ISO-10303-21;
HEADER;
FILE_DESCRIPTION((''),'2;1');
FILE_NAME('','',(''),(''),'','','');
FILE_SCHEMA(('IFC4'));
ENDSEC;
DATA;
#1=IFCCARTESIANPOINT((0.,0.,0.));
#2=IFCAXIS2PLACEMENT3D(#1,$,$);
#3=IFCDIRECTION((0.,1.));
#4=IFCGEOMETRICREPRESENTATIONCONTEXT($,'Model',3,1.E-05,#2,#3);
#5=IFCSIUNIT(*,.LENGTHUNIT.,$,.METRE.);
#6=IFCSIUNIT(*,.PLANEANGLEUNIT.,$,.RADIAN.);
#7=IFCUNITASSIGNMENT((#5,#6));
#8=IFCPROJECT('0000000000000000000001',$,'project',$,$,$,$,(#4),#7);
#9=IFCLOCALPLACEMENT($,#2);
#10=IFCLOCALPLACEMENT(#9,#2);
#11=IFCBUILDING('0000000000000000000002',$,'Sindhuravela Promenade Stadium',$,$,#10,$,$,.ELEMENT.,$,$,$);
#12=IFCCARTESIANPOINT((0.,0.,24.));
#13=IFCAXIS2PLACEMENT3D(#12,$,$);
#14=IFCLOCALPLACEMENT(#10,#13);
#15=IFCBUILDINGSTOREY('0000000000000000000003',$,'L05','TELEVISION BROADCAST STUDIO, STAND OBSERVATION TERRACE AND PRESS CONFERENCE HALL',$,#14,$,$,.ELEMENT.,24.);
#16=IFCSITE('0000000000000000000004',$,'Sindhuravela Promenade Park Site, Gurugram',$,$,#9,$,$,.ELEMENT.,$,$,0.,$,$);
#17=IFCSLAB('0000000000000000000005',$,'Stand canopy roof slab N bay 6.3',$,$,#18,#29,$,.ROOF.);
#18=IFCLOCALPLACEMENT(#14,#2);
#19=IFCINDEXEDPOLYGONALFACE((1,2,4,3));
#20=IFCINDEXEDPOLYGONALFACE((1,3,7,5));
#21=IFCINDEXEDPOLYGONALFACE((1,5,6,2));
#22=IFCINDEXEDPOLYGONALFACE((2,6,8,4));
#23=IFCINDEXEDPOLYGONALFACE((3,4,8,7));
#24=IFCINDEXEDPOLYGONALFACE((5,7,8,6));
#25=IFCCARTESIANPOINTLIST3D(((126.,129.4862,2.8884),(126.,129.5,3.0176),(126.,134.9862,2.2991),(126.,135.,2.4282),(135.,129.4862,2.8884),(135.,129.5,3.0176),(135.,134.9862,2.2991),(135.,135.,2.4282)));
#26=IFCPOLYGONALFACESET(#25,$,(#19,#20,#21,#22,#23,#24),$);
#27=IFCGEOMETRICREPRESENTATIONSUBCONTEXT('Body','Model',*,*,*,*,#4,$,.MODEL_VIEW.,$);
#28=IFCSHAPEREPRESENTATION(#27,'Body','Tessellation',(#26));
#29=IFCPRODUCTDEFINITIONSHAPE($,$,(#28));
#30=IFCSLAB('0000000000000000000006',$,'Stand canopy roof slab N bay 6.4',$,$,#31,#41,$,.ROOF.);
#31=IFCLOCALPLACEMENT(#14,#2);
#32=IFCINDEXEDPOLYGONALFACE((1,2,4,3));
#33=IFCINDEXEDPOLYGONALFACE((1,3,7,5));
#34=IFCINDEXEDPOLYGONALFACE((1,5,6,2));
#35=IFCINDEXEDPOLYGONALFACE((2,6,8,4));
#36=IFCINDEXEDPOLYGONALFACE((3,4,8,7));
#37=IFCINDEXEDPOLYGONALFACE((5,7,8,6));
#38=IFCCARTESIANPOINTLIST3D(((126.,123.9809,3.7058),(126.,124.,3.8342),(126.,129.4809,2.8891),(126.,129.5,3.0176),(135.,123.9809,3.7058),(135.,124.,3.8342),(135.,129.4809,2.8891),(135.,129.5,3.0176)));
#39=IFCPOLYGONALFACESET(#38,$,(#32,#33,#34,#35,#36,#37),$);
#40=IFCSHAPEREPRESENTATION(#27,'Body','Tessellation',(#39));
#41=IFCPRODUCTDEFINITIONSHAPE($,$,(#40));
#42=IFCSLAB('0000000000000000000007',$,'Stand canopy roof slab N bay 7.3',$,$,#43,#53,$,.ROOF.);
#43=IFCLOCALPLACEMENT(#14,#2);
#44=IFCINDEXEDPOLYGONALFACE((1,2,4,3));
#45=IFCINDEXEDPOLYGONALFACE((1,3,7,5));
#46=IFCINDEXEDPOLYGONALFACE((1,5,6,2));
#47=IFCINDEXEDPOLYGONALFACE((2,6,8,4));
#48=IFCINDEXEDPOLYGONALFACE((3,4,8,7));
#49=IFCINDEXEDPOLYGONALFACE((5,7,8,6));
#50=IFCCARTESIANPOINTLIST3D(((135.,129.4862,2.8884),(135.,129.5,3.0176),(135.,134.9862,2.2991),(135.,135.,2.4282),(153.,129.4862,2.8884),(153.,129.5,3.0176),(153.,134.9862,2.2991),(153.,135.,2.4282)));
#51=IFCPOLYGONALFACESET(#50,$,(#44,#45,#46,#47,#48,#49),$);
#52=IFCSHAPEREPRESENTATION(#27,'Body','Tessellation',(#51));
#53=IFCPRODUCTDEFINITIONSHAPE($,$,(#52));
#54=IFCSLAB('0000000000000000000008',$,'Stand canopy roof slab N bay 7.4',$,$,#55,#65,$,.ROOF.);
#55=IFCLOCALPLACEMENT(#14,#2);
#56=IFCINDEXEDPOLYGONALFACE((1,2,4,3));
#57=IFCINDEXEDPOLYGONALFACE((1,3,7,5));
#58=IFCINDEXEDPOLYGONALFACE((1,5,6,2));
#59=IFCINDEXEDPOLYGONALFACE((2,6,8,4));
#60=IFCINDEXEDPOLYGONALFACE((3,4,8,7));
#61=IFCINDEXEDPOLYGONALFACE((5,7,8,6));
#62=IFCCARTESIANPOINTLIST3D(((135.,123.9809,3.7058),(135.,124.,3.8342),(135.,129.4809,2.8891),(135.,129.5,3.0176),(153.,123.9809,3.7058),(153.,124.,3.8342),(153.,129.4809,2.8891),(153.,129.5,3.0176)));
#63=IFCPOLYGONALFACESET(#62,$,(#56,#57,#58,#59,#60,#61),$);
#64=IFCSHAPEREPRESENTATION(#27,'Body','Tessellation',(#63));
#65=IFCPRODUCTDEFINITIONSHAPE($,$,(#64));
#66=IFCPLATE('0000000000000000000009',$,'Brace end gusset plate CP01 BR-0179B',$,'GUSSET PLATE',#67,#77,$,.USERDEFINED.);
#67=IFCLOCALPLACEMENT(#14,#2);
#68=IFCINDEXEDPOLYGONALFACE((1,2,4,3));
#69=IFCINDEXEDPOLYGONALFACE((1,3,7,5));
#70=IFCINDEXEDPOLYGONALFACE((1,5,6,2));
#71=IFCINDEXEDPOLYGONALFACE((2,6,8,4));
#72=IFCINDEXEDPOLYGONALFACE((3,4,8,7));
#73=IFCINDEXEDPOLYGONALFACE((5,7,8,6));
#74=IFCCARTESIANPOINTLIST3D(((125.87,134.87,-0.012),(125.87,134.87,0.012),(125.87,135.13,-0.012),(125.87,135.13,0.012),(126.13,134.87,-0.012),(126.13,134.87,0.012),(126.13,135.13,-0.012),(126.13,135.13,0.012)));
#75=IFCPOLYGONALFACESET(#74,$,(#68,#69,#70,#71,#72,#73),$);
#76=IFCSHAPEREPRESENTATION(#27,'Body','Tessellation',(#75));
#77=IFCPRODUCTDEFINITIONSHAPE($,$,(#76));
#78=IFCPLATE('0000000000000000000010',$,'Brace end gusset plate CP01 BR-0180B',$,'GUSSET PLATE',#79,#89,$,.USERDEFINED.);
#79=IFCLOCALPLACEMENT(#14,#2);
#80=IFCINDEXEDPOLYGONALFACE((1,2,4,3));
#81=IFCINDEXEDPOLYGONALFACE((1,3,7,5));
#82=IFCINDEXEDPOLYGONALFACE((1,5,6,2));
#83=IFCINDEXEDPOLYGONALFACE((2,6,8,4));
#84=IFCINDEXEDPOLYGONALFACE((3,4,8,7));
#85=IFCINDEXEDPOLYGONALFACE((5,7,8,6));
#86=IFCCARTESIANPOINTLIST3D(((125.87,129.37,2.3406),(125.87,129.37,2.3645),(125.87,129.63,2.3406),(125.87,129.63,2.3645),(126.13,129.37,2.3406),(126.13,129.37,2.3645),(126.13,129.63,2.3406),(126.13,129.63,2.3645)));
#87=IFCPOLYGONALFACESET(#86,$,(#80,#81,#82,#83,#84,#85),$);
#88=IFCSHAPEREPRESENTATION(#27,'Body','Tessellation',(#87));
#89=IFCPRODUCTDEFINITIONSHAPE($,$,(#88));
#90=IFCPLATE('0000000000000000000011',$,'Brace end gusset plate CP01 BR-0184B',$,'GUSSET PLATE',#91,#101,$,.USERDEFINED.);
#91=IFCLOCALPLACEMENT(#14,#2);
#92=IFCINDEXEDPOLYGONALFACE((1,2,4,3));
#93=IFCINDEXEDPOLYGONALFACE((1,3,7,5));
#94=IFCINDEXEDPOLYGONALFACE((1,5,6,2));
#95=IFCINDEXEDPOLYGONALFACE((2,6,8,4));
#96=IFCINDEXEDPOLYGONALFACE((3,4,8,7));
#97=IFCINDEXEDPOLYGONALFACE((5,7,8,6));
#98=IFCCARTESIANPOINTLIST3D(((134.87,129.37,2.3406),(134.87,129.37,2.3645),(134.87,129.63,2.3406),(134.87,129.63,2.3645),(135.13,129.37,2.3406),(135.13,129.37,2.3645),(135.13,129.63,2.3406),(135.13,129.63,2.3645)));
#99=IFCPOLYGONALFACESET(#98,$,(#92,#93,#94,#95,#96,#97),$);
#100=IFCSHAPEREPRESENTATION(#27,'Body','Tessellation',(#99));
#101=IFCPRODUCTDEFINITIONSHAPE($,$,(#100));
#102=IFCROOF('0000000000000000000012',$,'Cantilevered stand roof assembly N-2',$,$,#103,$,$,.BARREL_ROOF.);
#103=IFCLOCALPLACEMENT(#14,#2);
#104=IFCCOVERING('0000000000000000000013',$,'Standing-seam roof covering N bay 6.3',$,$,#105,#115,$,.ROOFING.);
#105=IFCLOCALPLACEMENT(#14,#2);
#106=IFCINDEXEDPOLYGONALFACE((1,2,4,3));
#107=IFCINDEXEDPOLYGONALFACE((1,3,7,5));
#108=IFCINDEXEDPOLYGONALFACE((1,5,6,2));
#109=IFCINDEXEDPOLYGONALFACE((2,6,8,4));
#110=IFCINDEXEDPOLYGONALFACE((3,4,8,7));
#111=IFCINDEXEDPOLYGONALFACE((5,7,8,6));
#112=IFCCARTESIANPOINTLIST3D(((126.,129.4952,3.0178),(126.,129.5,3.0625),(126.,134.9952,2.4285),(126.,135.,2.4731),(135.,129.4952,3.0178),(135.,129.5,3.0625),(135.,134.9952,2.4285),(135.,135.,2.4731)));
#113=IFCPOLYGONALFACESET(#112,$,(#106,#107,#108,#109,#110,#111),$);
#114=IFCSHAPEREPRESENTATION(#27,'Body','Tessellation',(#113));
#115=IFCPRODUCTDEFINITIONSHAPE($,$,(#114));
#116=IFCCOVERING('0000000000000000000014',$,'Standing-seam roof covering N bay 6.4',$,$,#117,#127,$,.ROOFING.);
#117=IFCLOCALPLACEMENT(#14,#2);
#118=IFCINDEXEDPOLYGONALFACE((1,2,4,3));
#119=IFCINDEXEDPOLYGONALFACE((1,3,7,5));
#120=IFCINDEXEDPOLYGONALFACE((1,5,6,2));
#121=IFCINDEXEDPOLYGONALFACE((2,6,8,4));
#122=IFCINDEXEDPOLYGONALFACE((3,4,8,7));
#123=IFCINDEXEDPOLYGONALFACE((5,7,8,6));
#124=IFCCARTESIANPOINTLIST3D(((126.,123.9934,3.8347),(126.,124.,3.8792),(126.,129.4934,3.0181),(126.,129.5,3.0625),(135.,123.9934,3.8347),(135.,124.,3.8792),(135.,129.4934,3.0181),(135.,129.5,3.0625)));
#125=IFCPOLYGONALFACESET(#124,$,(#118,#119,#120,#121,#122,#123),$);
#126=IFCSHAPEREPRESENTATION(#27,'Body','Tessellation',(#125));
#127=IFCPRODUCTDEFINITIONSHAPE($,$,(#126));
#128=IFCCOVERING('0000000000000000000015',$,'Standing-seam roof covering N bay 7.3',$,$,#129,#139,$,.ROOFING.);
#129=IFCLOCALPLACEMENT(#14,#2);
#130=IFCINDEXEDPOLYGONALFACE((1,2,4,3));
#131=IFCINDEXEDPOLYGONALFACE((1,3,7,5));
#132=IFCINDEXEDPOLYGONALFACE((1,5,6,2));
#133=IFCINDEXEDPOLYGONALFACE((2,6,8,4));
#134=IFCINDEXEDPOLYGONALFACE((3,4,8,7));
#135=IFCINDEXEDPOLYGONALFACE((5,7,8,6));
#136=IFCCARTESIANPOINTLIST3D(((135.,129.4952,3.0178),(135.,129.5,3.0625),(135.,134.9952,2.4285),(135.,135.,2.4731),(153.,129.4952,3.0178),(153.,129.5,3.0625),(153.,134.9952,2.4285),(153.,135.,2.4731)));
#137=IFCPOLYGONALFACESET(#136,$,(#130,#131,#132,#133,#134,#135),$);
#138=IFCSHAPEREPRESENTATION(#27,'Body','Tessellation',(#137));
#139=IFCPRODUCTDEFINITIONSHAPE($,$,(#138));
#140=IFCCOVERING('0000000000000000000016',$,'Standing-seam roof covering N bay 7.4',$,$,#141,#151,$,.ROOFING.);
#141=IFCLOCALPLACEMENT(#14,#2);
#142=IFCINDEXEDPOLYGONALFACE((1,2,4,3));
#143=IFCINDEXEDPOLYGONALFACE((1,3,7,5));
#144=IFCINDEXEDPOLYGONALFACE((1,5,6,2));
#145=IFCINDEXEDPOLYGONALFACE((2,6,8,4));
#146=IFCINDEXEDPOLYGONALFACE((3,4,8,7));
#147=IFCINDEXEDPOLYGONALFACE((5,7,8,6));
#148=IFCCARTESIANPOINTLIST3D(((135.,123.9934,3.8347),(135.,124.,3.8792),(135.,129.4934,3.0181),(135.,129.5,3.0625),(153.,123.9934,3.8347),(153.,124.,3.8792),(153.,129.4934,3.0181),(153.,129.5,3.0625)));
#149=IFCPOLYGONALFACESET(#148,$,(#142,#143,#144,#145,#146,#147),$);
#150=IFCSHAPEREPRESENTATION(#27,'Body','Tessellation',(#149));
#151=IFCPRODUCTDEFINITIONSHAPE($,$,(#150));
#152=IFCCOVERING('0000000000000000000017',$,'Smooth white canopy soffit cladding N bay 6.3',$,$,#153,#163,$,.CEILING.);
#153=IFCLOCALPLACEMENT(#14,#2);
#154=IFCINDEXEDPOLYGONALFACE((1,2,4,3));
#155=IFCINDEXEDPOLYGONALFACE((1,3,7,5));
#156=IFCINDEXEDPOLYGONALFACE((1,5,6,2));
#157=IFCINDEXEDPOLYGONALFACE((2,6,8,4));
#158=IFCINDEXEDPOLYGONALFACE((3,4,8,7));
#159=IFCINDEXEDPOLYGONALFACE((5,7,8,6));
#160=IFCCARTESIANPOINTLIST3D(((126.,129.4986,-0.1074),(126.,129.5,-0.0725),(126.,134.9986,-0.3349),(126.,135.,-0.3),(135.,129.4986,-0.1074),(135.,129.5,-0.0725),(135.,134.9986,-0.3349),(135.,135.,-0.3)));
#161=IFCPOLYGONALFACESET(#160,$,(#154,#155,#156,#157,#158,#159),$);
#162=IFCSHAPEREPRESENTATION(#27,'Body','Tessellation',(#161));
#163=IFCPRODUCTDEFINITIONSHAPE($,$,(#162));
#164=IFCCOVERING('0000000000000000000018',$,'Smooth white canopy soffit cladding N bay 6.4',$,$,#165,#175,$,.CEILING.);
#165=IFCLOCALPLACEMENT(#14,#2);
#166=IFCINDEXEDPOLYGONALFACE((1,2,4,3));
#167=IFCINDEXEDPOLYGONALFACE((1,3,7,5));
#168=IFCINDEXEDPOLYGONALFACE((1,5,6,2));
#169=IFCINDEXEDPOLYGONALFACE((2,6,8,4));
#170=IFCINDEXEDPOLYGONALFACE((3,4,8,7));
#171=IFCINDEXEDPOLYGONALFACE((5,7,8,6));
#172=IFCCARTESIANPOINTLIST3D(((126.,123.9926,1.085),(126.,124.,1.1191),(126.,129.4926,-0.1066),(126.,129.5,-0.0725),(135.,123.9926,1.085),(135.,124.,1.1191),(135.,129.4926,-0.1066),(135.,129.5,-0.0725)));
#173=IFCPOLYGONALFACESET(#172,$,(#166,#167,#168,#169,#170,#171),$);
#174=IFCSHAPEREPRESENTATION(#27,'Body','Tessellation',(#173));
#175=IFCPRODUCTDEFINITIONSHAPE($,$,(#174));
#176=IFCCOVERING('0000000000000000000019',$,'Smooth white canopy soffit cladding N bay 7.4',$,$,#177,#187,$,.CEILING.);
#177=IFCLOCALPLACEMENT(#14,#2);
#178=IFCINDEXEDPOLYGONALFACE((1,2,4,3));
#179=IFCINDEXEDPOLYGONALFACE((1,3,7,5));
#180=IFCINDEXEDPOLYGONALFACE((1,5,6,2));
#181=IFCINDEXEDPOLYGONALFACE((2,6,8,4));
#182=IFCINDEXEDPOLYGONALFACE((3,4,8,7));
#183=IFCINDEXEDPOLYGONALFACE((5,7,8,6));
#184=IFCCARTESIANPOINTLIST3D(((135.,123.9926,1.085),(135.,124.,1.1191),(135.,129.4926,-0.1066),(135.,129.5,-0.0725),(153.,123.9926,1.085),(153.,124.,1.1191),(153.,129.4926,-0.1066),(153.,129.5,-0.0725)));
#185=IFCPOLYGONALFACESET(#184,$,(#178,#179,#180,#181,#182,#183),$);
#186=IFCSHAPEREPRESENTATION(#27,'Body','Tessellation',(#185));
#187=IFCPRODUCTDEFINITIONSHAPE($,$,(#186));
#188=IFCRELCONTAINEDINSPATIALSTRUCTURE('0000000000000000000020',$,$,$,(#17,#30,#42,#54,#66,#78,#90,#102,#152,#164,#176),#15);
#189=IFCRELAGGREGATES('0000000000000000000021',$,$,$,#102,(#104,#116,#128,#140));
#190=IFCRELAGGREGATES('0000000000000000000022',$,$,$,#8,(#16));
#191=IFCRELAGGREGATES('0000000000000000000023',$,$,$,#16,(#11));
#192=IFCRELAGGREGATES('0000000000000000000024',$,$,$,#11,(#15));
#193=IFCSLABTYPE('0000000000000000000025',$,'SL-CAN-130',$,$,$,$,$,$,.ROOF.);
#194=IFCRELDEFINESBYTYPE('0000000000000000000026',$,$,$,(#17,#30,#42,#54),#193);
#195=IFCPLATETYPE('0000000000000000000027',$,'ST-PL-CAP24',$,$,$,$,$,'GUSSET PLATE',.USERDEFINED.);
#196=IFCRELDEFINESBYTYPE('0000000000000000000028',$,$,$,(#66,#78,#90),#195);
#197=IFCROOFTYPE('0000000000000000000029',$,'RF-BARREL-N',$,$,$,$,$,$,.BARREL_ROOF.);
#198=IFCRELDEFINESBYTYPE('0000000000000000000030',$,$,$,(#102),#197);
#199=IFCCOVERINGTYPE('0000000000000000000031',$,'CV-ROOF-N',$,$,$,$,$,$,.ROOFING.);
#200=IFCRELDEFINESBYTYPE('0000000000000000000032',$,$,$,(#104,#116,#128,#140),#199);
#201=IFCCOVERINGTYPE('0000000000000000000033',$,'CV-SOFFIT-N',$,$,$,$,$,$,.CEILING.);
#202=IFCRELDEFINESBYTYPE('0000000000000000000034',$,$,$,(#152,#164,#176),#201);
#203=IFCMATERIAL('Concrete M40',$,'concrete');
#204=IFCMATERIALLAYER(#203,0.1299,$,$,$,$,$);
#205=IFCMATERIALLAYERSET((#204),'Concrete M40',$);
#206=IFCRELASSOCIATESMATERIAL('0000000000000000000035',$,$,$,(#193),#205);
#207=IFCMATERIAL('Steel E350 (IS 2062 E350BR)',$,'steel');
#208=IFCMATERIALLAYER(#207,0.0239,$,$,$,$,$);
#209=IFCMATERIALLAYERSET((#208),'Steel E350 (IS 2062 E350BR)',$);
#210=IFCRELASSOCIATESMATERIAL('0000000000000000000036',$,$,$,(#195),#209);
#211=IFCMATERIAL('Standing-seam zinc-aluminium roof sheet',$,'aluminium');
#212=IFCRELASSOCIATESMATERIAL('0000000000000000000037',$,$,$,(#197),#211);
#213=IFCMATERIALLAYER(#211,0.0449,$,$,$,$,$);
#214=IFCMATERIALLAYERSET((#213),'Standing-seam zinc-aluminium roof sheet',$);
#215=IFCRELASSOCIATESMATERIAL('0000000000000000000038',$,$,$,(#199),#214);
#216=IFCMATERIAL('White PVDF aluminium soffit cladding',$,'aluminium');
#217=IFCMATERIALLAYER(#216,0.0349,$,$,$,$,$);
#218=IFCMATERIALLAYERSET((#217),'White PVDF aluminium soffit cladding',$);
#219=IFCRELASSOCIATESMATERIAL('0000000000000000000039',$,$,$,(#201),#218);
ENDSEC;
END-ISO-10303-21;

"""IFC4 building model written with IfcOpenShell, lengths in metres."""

from ifc_helpers import new_model, si_unit, direction, frame, origin, origin_2d, place, context, subcontext, project, spatial, polyline, rectangle, outline, extrude, material, layer, layer_set, type_object, element, aggregate, save


model = new_model("IFC4")

# Units and contexts
model_context = context("Model", 3, precision=1e-05, world=origin(), true_north=direction((0.0, 1.0)))
body_context = subcontext(model_context, "Body", "Model", "MODEL_VIEW")
ifc_project = project(units=[si_unit("LENGTHUNIT", "METRE"), si_unit("PLANEANGLEUNIT", "RADIAN")], contexts=[model_context])

# Site, building, storey
site_placement = place(None, origin())
site = spatial("IfcSite", under=ifc_project, at=site_placement, Name="Sindhuravela Promenade Park Site, Gurugram", CompositionType="ELEMENT", RefElevation=0.0)
building_placement = place(site_placement, origin())
building = spatial("IfcBuilding", under=site, at=building_placement, Name="Sindhuravela Promenade Stadium", CompositionType="ELEMENT")
storey_placement = place(building_placement, frame((0.0, 0.0, 24.0)))
storey = spatial("IfcBuildingStorey", under=building, at=storey_placement, Name="L05", Description="TELEVISION BROADCAST STUDIO, STAND OBSERVATION TERRACE AND PRESS CONFERENCE HALL", CompositionType="ELEMENT", Elevation=24.0)

# Shared definitions
ifc_material_1 = material(Name="Steel E350 (IS 2062 E350BR)", Category="steel")

# Slabs
ifc_material_2 = material(Name="Concrete M40", Category="concrete")
ifc_layer_1 = layer(ifc_material_2, 0.1299)
ifc_layer_set_1 = layer_set([ifc_layer_1], Name="Concrete M40")
slab_type = type_object("IfcSlabType", Name="SL-CAN-130", PredefinedType="ROOF", material=ifc_layer_set_1)
slab_1_placement = place(storey_placement, frame((126.0, 135.0, 2.4282), z_axis=(0.0, 0.106546, 0.994308), x_axis=(1.0, 0.0, 0.0)))
element("IfcSlab", 1, at=slab_1_placement, inside=storey, type_object=slab_type, Name="Stand canopy roof slab N bay 6.3", PredefinedType="ROOF", context=body_context, shape_type="SweptSolid", body=[
    extrude(outline(polyline([(0.0, 0.0), (0.0, -5.5315), (9.0, -5.5315), (9.0, 0.0), (0.0, 0.0)])), origin(), (0.0, 0.0, -1.0), 0.1299),
])
slab_2_placement = place(storey_placement, frame((126.0, 129.5, 3.0176), z_axis=(0.0, 0.146872, 0.989156), x_axis=(1.0, 0.0, 0.0)))
element("IfcSlab", 2, at=slab_2_placement, inside=storey, type_object=slab_type, Name="Stand canopy roof slab N bay 6.4", PredefinedType="ROOF", context=body_context, shape_type="SweptSolid", body=[
    extrude(outline(polyline([(0.0, 0.0), (0.0, -5.5603), (9.0, -5.5603), (9.0, 0.0), (0.0, 0.0)])), origin(), (0.0, 0.0, -1.0), 0.1299),
])
slab_3_placement = place(storey_placement, frame((135.0, 135.0, 2.4282), z_axis=(0.0, 0.106546, 0.994308), x_axis=(1.0, 0.0, 0.0)))
element("IfcSlab", 3, at=slab_3_placement, inside=storey, type_object=slab_type, Name="Stand canopy roof slab N bay 7.3", PredefinedType="ROOF", context=body_context, shape_type="SweptSolid", body=[
    extrude(outline(polyline([(0.0, 0.0), (0.0, -5.5315), (18.0, -5.5315), (18.0, 0.0), (0.0, 0.0)])), origin(), (0.0, 0.0, -1.0), 0.1299),
])
slab_4_placement = place(storey_placement, frame((135.0, 129.5, 3.0176), z_axis=(0.0, 0.146872, 0.989156), x_axis=(1.0, 0.0, 0.0)))
element("IfcSlab", 4, at=slab_4_placement, inside=storey, type_object=slab_type, Name="Stand canopy roof slab N bay 7.4", PredefinedType="ROOF", context=body_context, shape_type="SweptSolid", body=[
    extrude(outline(polyline([(0.0, 0.0), (0.0, -5.5603), (18.0, -5.5603), (18.0, 0.0), (0.0, 0.0)])), origin(), (0.0, 0.0, -1.0), 0.1299),
])

# Plates
ifc_layer_2 = layer(ifc_material_1, 0.0239)
ifc_layer_set_2 = layer_set([ifc_layer_2], Name="Steel E350 (IS 2062 E350BR)")
plate_type = type_object("IfcPlateType", Name="ST-PL-CAP24", ElementType="GUSSET PLATE", PredefinedType="USERDEFINED", material=ifc_layer_set_2)
for number, where, z_axis, x_axis, name in (
    (5, (126.0, 135.0, -0.012), (0.0, 0.0, 1.0), (1.0, 0.0, 0.0), "Brace end gusset plate CP01 BR-0179B"),
    (6, (126.0, 129.5, 2.3406), (0.0, 0.0, 1.0), (1.0, 0.0, 0.0), "Brace end gusset plate CP01 BR-0180B"),
    (7, (135.0, 129.5, 2.3406), (0.0, 0.0, 1.0), (1.0, 0.0, 0.0), "Brace end gusset plate CP01 BR-0184B"),
):
    element("IfcPlate", number, at=place(storey_placement, frame(where, z_axis=z_axis, x_axis=x_axis)), inside=storey, type_object=plate_type, Name=name, ObjectType="GUSSET PLATE", PredefinedType="USERDEFINED", context=body_context, shape_type="SweptSolid", body=[
        extrude(rectangle(XDim=0.26, YDim=0.26, at=origin_2d()), origin(), (0.0, 0.0, 1.0), 0.0239),
    ])

# Roof, coverings
ifc_material_3 = material(Name="Standing-seam zinc-aluminium roof sheet", Category="aluminium")
roof_type = type_object("IfcRoofType", Name="RF-BARREL-N", PredefinedType="BARREL_ROOF", material=ifc_material_3)
roof_placement = place(storey_placement, origin())
roof = element("IfcRoof", 8, at=roof_placement, inside=storey, type_object=roof_type, Name="Cantilevered stand roof assembly N-2", PredefinedType="BARREL_ROOF")
ifc_layer_3 = layer(ifc_material_3, 0.0449)
ifc_layer_set_3 = layer_set([ifc_layer_3], Name="Standing-seam zinc-aluminium roof sheet")
covering_type_1 = type_object("IfcCoveringType", Name="CV-ROOF-N", PredefinedType="ROOFING", material=ifc_layer_set_3)
covering_1_placement = place(storey_placement, frame((126.0, 135.0, 2.4731), z_axis=(0.0, 0.106546, 0.994308), x_axis=(1.0, 0.0, 0.0)))
covering_1 = element("IfcCovering", 9, at=covering_1_placement, type_object=covering_type_1, Name="Standing-seam roof covering N bay 6.3", PredefinedType="ROOFING", context=body_context, shape_type="SweptSolid", body=[
    extrude(outline(polyline([(0.0, 0.0), (0.0, -5.5315), (9.0, -5.5315), (9.0, 0.0), (0.0, 0.0)])), origin(), (0.0, 0.0, -1.0), 0.0449),
])
covering_2_placement = place(storey_placement, frame((126.0, 129.5, 3.0625), z_axis=(0.0, 0.146872, 0.989156), x_axis=(1.0, 0.0, 0.0)))
covering_2 = element("IfcCovering", 10, at=covering_2_placement, type_object=covering_type_1, Name="Standing-seam roof covering N bay 6.4", PredefinedType="ROOFING", context=body_context, shape_type="SweptSolid", body=[
    extrude(outline(polyline([(0.0, 0.0), (0.0, -5.5603), (9.0, -5.5603), (9.0, 0.0), (0.0, 0.0)])), origin(), (0.0, 0.0, -1.0), 0.0449),
])
covering_3_placement = place(storey_placement, frame((135.0, 135.0, 2.4731), z_axis=(0.0, 0.106546, 0.994308), x_axis=(1.0, 0.0, 0.0)))
covering_3 = element("IfcCovering", 11, at=covering_3_placement, type_object=covering_type_1, Name="Standing-seam roof covering N bay 7.3", PredefinedType="ROOFING", context=body_context, shape_type="SweptSolid", body=[
    extrude(outline(polyline([(0.0, 0.0), (0.0, -5.5315), (18.0, -5.5315), (18.0, 0.0), (0.0, 0.0)])), origin(), (0.0, 0.0, -1.0), 0.0449),
])
covering_4_placement = place(storey_placement, frame((135.0, 129.5, 3.0625), z_axis=(0.0, 0.146872, 0.989156), x_axis=(1.0, 0.0, 0.0)))
covering_4 = element("IfcCovering", 12, at=covering_4_placement, type_object=covering_type_1, Name="Standing-seam roof covering N bay 7.4", PredefinedType="ROOFING", context=body_context, shape_type="SweptSolid", body=[
    extrude(outline(polyline([(0.0, 0.0), (0.0, -5.5603), (18.0, -5.5603), (18.0, 0.0), (0.0, 0.0)])), origin(), (0.0, 0.0, -1.0), 0.0449),
])
aggregate(roof, [covering_1, covering_2, covering_3, covering_4])

# Coverings
ifc_material_4 = material(Name="White PVDF aluminium soffit cladding", Category="aluminium")
ifc_layer_4 = layer(ifc_material_4, 0.0349)
ifc_layer_set_4 = layer_set([ifc_layer_4], Name="White PVDF aluminium soffit cladding")
covering_type_2 = type_object("IfcCoveringType", Name="CV-SOFFIT-N", PredefinedType="CEILING", material=ifc_layer_set_4)
covering_5_placement = place(storey_placement, frame((126.0, 135.0, -0.3), z_axis=(0.0, 0.041335, 0.999145), x_axis=(1.0, 0.0, 0.0)))
element("IfcCovering", 13, at=covering_5_placement, inside=storey, type_object=covering_type_2, Name="Smooth white canopy soffit cladding N bay 6.3", PredefinedType="CEILING", context=body_context, shape_type="SweptSolid", body=[
    extrude(outline(polyline([(0.0, 0.0), (0.0, -5.5047), (9.0, -5.5047), (9.0, 0.0), (0.0, 0.0)])), origin(), (0.0, 0.0, -1.0), 0.0349),
])
covering_6_placement = place(storey_placement, frame((126.0, 129.5, -0.0725), z_axis=(0.0, 0.211751, 0.977324), x_axis=(1.0, 0.0, 0.0)))
element("IfcCovering", 14, at=covering_6_placement, inside=storey, type_object=covering_type_2, Name="Smooth white canopy soffit cladding N bay 6.4", PredefinedType="CEILING", context=body_context, shape_type="SweptSolid", body=[
    extrude(outline(polyline([(0.0, 0.0), (0.0, -5.6276), (9.0, -5.6276), (9.0, 0.0), (0.0, 0.0)])), origin(), (0.0, 0.0, -1.0), 0.0349),
])
covering_7_placement = place(storey_placement, frame((135.0, 129.5, -0.0725), z_axis=(0.0, 0.211751, 0.977324), x_axis=(1.0, 0.0, 0.0)))
element("IfcCovering", 15, at=covering_7_placement, inside=storey, type_object=covering_type_2, Name="Smooth white canopy soffit cladding N bay 7.4", PredefinedType="CEILING", context=body_context, shape_type="SweptSolid", body=[
    extrude(outline(polyline([(0.0, 0.0), (0.0, -5.6276), (18.0, -5.6276), (18.0, 0.0), (0.0, 0.0)])), origin(), (0.0, 0.0, -1.0), 0.0349),
])

save(model, "model.ifc")
